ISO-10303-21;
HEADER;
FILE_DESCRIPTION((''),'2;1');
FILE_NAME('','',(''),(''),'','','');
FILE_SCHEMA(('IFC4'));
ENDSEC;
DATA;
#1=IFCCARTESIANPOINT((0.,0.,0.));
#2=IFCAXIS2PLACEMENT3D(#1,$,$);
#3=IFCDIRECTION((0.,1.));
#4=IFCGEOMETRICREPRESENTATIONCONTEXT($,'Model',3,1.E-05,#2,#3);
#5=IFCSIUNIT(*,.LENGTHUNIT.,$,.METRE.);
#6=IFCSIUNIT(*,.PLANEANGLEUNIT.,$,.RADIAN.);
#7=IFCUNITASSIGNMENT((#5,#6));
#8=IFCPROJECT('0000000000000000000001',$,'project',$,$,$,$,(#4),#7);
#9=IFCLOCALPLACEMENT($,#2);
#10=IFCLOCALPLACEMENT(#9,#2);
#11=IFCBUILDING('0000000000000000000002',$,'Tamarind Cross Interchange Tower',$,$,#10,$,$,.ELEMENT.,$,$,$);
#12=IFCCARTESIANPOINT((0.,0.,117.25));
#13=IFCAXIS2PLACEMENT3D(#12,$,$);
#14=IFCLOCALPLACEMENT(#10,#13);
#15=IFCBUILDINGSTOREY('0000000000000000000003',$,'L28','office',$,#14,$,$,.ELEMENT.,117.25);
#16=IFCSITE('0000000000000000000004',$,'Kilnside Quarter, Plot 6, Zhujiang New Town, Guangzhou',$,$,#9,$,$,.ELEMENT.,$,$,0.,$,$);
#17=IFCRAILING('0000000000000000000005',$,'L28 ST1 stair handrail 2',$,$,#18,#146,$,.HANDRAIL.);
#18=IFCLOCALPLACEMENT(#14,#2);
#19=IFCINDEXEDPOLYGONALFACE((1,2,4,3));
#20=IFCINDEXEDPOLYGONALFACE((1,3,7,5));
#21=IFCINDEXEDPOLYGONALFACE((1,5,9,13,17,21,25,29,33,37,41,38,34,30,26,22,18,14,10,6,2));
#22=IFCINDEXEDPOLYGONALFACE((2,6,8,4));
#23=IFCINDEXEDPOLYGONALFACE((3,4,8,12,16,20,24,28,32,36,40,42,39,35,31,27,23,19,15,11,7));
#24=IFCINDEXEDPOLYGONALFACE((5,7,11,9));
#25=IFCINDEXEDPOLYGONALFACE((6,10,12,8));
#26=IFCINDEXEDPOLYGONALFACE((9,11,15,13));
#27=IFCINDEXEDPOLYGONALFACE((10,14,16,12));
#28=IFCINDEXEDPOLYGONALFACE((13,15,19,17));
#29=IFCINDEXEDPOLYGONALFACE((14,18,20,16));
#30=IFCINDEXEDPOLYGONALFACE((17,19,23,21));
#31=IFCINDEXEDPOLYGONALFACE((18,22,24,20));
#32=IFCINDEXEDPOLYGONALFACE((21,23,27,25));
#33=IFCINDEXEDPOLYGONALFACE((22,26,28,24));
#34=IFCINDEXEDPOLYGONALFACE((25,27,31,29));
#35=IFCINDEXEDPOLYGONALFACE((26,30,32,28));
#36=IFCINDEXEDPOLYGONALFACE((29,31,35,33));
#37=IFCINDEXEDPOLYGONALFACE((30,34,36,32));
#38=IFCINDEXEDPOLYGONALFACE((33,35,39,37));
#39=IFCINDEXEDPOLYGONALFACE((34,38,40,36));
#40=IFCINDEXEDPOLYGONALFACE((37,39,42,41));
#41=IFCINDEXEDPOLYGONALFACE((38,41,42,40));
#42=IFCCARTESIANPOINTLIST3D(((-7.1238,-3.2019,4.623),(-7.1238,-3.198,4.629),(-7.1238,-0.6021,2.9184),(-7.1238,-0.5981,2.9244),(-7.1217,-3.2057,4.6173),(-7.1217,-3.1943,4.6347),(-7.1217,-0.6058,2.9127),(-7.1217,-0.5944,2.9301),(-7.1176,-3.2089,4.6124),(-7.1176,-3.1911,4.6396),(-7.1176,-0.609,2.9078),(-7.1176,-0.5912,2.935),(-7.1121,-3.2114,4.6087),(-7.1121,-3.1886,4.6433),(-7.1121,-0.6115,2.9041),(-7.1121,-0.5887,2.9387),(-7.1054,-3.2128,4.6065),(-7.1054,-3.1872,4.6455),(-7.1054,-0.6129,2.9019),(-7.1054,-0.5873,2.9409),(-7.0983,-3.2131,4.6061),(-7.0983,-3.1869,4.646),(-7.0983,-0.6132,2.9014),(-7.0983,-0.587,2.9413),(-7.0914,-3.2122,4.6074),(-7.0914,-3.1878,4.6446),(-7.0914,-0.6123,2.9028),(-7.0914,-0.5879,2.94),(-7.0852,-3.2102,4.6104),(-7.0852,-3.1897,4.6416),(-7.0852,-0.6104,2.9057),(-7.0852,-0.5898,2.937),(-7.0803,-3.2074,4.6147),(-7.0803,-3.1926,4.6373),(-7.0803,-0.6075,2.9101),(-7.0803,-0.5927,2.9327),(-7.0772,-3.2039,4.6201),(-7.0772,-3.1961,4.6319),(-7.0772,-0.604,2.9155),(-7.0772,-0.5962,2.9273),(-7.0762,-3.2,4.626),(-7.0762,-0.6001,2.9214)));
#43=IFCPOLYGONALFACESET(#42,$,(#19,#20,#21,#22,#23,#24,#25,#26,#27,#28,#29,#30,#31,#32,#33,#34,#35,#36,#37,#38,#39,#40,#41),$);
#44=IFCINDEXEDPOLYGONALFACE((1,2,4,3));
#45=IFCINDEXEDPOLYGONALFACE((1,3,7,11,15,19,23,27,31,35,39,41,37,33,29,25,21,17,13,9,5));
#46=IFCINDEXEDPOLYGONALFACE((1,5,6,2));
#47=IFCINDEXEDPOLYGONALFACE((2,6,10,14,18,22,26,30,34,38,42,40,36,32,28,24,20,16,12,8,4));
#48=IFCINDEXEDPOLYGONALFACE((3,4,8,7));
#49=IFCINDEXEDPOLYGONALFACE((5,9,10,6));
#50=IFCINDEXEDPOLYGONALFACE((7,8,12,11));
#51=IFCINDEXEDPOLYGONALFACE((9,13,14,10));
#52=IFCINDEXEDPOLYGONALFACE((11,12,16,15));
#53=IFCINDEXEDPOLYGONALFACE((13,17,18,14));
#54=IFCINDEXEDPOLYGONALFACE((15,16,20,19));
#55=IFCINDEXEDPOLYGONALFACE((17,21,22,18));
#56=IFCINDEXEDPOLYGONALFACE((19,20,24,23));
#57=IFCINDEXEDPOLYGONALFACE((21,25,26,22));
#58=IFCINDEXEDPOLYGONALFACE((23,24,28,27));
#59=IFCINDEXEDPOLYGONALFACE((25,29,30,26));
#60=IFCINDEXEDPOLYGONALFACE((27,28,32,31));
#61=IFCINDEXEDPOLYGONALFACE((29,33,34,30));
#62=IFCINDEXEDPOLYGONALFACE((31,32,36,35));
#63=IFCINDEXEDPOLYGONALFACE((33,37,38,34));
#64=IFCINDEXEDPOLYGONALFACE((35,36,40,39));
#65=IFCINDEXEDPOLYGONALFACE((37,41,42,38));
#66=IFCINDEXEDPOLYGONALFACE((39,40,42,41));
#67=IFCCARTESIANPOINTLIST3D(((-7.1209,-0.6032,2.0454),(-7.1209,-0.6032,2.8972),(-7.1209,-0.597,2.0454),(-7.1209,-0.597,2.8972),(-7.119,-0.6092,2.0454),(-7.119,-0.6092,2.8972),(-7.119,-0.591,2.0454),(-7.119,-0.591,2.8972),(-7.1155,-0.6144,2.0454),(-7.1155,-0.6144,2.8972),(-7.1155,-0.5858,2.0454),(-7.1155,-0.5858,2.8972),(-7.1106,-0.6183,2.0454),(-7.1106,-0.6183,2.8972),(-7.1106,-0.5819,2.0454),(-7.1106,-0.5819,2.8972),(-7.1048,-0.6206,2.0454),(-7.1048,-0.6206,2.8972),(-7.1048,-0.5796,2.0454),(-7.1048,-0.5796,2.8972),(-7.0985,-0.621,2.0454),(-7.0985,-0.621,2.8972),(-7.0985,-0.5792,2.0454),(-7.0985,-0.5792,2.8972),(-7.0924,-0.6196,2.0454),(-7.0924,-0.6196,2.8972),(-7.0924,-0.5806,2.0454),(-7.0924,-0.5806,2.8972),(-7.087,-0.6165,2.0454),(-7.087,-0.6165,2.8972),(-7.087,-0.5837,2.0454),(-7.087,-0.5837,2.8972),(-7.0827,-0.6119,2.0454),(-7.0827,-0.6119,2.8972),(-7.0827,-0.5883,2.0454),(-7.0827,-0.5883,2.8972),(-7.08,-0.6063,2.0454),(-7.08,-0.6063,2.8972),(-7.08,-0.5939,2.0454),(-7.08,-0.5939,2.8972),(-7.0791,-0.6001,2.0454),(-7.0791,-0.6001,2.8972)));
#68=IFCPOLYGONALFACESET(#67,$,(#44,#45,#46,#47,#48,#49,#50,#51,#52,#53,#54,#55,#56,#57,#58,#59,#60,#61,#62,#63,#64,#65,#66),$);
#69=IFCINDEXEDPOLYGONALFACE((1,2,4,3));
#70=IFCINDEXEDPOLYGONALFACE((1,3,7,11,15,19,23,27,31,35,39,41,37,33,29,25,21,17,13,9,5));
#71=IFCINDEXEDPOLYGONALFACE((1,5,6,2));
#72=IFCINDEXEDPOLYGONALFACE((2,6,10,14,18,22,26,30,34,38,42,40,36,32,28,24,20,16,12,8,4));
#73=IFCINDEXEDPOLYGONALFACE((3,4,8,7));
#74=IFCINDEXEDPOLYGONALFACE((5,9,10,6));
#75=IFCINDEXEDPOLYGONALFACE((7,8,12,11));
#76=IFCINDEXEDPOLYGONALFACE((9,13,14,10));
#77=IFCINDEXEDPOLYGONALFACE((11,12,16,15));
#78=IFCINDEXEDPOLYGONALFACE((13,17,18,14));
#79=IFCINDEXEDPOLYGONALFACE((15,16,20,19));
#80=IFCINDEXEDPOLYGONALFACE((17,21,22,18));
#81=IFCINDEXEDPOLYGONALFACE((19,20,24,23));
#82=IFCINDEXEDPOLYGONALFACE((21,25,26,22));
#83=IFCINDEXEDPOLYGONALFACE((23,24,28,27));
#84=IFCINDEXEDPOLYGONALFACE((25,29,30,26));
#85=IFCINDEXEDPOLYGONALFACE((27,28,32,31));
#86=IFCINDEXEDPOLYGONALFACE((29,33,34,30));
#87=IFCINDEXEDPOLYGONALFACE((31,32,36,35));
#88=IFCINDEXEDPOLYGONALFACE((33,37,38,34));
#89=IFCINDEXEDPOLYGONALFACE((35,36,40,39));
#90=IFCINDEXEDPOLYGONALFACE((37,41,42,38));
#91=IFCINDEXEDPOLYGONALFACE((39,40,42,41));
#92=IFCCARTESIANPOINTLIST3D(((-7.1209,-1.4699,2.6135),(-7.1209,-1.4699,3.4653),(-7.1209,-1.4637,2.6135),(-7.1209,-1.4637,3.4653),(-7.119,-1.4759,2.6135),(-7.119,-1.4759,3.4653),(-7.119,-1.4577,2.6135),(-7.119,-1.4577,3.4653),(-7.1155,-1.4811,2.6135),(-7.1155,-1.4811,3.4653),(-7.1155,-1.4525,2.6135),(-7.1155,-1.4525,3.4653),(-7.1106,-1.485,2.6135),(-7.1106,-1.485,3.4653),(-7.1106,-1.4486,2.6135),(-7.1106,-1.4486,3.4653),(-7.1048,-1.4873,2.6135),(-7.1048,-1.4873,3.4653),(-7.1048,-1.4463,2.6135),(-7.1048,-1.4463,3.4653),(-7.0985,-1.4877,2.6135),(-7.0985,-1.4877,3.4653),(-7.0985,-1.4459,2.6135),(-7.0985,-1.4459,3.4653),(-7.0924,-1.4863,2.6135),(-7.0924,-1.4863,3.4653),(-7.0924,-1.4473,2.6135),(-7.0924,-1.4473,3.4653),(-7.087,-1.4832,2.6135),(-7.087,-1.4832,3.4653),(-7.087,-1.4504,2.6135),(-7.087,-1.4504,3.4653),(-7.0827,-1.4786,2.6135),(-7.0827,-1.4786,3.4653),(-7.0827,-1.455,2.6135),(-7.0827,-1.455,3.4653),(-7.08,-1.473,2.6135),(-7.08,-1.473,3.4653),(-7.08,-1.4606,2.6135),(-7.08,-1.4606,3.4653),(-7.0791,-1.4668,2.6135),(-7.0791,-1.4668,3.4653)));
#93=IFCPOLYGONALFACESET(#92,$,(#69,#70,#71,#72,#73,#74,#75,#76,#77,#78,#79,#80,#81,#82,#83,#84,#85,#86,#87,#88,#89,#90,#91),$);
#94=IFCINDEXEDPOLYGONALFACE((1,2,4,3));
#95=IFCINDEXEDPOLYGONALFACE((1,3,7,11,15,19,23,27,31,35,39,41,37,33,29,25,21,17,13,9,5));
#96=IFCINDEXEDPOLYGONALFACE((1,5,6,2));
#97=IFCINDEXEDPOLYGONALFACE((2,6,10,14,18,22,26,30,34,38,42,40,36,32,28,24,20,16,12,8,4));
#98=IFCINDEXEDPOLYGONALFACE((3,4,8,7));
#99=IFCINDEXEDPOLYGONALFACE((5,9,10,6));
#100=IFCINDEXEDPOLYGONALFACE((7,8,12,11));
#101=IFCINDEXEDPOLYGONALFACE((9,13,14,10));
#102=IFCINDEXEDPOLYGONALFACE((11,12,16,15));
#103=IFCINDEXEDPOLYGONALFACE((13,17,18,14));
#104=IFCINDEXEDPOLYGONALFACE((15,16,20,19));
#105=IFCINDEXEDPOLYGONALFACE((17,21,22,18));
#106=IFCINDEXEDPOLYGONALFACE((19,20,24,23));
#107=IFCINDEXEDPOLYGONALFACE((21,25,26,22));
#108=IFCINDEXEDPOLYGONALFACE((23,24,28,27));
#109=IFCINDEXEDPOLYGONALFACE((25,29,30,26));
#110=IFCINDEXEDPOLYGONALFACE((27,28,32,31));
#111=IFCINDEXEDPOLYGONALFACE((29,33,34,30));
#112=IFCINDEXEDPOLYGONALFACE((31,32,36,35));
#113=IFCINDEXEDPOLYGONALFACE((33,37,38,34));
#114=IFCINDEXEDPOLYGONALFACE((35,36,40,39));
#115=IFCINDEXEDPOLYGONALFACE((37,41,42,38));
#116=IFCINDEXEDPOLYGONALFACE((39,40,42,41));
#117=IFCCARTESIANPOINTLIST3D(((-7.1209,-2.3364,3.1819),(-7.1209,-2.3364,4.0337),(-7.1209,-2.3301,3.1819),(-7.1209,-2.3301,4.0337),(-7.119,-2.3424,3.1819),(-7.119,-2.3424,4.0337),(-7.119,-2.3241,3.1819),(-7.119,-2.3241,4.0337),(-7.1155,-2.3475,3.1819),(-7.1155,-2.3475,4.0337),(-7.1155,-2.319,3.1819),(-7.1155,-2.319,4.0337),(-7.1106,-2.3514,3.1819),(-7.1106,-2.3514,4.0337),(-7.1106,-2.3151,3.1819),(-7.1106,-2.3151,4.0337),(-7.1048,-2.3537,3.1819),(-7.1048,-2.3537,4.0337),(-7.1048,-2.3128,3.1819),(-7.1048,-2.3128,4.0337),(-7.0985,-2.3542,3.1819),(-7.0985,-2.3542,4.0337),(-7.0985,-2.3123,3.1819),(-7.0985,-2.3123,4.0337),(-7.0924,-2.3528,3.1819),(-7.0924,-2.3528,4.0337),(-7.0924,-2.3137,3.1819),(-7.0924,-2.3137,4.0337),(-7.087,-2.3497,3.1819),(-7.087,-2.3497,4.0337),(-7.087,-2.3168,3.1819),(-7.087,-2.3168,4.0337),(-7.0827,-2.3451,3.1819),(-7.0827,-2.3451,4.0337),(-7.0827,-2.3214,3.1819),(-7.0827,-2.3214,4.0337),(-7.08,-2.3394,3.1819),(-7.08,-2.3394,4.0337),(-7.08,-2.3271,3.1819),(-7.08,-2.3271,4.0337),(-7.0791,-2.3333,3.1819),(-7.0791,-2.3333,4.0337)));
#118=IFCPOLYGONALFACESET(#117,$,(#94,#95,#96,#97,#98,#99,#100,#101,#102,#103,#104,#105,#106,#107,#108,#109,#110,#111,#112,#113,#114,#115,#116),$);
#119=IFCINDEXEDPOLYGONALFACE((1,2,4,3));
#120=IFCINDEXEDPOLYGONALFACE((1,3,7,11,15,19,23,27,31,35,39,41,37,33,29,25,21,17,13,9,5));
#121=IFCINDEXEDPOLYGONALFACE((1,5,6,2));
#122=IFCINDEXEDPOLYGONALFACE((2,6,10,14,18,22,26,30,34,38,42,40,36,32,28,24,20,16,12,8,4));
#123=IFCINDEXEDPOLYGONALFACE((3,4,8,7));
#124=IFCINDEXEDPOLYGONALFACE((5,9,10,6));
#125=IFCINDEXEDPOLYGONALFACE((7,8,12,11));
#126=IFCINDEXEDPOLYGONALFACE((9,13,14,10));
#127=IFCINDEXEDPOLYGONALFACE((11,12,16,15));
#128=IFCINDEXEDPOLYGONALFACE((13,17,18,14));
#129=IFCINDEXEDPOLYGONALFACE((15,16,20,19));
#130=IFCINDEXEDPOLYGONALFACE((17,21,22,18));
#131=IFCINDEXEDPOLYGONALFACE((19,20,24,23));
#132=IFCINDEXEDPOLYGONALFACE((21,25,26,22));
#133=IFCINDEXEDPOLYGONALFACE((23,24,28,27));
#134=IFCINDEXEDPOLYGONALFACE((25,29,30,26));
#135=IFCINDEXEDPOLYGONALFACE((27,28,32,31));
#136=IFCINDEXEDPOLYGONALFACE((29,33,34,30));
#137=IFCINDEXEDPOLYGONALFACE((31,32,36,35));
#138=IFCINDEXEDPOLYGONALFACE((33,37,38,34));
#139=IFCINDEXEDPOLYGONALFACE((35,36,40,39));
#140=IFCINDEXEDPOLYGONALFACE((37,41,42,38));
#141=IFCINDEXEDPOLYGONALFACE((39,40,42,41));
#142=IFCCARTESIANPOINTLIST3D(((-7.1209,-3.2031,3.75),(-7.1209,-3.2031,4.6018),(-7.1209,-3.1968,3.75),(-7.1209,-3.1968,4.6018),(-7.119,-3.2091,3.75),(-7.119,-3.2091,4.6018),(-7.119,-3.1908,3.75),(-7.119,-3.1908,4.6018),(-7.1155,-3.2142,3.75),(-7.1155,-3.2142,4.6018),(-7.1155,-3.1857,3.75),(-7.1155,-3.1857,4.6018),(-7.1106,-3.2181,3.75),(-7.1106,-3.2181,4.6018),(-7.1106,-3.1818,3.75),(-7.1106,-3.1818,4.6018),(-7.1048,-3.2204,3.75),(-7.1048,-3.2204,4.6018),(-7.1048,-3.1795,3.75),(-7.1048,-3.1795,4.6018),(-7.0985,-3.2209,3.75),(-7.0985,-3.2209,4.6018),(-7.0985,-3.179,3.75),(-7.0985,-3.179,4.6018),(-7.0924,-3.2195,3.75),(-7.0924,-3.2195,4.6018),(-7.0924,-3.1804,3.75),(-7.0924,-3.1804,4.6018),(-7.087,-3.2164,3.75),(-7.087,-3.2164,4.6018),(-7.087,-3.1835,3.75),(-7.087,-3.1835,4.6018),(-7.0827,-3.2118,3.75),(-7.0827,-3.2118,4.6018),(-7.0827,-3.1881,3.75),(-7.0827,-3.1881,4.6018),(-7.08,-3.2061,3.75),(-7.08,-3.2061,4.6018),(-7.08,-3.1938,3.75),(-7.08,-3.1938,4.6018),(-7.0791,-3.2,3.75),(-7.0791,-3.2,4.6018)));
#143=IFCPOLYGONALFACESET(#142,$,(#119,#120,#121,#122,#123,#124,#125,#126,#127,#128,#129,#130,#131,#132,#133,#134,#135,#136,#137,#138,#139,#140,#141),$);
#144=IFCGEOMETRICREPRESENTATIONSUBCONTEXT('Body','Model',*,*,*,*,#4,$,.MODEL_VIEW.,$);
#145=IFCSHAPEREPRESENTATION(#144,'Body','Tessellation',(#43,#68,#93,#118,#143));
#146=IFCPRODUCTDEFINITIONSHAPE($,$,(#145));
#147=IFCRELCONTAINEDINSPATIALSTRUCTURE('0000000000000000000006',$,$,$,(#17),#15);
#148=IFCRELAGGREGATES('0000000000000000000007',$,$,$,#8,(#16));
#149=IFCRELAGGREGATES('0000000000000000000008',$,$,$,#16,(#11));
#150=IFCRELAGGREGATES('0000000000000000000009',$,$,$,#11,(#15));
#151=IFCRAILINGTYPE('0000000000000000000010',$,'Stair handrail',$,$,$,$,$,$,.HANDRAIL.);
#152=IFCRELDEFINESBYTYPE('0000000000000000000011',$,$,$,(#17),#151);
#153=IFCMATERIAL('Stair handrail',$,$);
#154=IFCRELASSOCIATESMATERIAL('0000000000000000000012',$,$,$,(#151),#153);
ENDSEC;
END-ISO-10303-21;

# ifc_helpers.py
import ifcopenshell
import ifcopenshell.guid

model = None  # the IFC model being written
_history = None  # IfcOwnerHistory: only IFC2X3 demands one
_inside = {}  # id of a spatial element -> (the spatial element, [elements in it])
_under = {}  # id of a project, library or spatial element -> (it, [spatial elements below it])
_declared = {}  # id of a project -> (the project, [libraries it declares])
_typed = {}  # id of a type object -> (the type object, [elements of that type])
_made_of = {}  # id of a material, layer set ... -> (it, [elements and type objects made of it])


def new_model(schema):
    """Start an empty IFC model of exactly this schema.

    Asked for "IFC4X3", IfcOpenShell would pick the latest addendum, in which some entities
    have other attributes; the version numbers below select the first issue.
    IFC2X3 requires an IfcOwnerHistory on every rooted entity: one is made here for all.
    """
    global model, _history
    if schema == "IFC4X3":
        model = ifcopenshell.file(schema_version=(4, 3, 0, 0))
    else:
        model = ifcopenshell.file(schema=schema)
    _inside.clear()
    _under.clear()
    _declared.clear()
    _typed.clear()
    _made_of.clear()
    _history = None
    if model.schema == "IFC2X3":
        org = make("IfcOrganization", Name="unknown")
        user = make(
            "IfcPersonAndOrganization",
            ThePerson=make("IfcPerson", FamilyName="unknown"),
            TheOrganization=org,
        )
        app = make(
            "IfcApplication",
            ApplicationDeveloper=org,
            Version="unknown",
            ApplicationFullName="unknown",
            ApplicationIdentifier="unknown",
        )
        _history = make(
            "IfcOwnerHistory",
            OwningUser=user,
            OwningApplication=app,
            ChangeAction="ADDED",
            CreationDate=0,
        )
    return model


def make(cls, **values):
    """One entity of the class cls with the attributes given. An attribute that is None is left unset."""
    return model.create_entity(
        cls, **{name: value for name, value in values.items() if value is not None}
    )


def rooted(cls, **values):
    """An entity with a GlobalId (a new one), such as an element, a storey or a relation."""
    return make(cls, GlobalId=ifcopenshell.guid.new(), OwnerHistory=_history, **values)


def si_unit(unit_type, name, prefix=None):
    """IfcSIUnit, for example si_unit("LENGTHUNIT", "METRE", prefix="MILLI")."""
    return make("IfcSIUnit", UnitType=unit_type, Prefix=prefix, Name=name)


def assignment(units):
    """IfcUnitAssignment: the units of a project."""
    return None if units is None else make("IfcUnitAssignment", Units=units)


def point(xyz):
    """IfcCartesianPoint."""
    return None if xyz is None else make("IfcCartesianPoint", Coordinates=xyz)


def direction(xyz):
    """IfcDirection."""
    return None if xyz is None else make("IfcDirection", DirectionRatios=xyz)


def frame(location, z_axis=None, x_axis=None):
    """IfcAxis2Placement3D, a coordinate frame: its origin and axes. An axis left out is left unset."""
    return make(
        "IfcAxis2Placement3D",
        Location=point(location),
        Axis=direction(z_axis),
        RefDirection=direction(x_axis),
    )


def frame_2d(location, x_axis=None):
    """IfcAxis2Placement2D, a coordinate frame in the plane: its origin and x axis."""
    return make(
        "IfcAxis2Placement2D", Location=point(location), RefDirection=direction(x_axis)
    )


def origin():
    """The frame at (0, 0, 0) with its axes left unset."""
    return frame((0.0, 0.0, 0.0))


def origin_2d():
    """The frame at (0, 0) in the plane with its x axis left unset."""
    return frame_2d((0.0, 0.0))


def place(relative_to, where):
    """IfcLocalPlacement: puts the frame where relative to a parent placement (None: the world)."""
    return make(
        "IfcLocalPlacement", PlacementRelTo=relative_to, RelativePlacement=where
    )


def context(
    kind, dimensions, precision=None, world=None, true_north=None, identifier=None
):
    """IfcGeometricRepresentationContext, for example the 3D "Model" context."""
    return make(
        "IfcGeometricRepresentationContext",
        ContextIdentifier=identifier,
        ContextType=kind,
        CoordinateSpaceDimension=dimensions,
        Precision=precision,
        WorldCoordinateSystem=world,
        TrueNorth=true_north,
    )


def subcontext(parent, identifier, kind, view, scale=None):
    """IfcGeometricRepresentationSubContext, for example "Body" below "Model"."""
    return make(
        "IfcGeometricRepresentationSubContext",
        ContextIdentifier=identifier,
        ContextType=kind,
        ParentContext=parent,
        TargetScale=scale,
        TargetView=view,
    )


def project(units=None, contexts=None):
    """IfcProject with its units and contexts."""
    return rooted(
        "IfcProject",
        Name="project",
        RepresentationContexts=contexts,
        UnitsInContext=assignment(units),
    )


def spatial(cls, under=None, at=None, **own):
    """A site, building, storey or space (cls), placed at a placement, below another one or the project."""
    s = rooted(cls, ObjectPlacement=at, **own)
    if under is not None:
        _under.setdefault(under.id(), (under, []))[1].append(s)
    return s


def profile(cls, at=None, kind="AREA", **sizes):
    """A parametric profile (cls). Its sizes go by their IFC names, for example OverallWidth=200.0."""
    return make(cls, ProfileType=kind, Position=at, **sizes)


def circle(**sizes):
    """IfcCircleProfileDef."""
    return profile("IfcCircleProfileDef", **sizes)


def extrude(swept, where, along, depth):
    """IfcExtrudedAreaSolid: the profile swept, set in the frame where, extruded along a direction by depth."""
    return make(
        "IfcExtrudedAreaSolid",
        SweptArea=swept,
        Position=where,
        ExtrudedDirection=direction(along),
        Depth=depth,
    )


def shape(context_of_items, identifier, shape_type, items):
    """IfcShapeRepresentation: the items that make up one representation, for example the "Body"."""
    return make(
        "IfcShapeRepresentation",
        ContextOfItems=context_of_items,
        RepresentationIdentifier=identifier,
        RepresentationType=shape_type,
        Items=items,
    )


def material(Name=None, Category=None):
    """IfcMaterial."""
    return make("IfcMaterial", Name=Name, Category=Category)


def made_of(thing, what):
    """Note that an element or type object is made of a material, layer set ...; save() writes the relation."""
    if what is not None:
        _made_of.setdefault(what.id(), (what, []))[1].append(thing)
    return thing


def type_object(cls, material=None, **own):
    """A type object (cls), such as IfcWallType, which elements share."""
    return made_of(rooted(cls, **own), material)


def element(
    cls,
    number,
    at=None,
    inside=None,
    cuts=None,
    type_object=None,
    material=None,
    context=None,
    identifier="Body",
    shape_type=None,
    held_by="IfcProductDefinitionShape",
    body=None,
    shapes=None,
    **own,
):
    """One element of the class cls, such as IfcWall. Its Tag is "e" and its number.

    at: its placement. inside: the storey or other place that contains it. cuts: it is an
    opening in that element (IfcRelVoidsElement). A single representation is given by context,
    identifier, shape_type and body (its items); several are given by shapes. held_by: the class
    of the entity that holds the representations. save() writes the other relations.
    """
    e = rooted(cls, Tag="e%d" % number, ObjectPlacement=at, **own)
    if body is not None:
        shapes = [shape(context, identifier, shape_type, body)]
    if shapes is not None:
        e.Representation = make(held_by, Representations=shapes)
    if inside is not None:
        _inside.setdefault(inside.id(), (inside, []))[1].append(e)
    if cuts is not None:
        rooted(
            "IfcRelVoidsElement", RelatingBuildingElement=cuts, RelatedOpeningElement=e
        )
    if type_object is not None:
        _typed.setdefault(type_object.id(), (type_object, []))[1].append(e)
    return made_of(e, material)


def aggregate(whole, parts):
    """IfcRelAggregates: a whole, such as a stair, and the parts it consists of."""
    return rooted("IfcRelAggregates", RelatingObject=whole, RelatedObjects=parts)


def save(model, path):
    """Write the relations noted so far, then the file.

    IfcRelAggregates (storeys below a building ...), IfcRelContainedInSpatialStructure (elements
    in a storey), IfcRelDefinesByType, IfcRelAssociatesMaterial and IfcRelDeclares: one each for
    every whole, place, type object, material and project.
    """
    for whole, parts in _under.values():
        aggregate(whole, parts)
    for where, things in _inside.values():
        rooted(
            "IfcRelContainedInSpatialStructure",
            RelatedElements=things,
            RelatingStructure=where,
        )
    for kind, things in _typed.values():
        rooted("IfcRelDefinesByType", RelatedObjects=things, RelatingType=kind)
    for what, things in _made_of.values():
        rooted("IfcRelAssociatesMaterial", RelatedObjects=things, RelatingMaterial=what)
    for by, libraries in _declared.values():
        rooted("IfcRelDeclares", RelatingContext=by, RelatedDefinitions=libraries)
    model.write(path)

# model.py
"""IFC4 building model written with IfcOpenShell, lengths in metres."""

from ifc_helpers import new_model, si_unit, direction, frame, origin, origin_2d, place, context, subcontext, project, spatial, circle, extrude, material, type_object, element, save


model = new_model("IFC4")

# Units and contexts
model_context = context("Model", 3, precision=1e-05, world=origin(), true_north=direction((0.0, 1.0)))
body_context = subcontext(model_context, "Body", "Model", "MODEL_VIEW")
ifc_project = project(units=[si_unit("LENGTHUNIT", "METRE"), si_unit("PLANEANGLEUNIT", "RADIAN")], contexts=[model_context])

# Site, building, storey
site_placement = place(None, origin())
site = spatial("IfcSite", under=ifc_project, at=site_placement, Name="Kilnside Quarter, Plot 6, Zhujiang New Town, Guangzhou", CompositionType="ELEMENT", RefElevation=0.0)
building_placement = place(site_placement, origin())
building = spatial("IfcBuilding", under=site, at=building_placement, Name="Tamarind Cross Interchange Tower", CompositionType="ELEMENT")
storey_placement = place(building_placement, frame((0.0, 0.0, 117.25)))
storey = spatial("IfcBuildingStorey", under=building, at=storey_placement, Name="L28", Description="office", CompositionType="ELEMENT", Elevation=117.25)

# Railing
ifc_material_1 = material(Name="Stair handrail")
railing_type_1 = type_object("IfcRailingType", Name="Stair handrail", PredefinedType="HANDRAIL", material=ifc_material_1)
railing_1_placement = place(storey_placement, frame((-7.1001, -0.6001, 2.0454)))
element("IfcRailing", 1, at=railing_1_placement, inside=storey, type_object=railing_type_1, Name="L28 ST1 stair handrail 2", PredefinedType="HANDRAIL", context=body_context, shape_type="SweptSolid", body=[
    extrude(circle(Radius=0.0239, at=origin_2d()), frame((0.0, 0.0, 0.876), z_axis=(0.0, -0.836279, 0.548305), x_axis=(1.0, 0.0, 0.0)), (0.0, 0.0, 1.0), 3.1089),
    extrude(circle(Radius=0.021, at=origin_2d()), origin(), (0.0, 0.0, 1.0), 0.8518),
    extrude(circle(Radius=0.021, at=origin_2d()), frame((0.0, -0.8667, 0.5681)), (0.0, 0.0, 1.0), 0.8518),
    extrude(circle(Radius=0.021, at=origin_2d()), frame((0.0, -1.7332, 1.1365)), (0.0, 0.0, 1.0), 0.8518),
    extrude(circle(Radius=0.021, at=origin_2d()), frame((0.0, -2.5999, 1.7046)), (0.0, 0.0, 1.0), 0.8518),
])

save(model, "model.ifc")
